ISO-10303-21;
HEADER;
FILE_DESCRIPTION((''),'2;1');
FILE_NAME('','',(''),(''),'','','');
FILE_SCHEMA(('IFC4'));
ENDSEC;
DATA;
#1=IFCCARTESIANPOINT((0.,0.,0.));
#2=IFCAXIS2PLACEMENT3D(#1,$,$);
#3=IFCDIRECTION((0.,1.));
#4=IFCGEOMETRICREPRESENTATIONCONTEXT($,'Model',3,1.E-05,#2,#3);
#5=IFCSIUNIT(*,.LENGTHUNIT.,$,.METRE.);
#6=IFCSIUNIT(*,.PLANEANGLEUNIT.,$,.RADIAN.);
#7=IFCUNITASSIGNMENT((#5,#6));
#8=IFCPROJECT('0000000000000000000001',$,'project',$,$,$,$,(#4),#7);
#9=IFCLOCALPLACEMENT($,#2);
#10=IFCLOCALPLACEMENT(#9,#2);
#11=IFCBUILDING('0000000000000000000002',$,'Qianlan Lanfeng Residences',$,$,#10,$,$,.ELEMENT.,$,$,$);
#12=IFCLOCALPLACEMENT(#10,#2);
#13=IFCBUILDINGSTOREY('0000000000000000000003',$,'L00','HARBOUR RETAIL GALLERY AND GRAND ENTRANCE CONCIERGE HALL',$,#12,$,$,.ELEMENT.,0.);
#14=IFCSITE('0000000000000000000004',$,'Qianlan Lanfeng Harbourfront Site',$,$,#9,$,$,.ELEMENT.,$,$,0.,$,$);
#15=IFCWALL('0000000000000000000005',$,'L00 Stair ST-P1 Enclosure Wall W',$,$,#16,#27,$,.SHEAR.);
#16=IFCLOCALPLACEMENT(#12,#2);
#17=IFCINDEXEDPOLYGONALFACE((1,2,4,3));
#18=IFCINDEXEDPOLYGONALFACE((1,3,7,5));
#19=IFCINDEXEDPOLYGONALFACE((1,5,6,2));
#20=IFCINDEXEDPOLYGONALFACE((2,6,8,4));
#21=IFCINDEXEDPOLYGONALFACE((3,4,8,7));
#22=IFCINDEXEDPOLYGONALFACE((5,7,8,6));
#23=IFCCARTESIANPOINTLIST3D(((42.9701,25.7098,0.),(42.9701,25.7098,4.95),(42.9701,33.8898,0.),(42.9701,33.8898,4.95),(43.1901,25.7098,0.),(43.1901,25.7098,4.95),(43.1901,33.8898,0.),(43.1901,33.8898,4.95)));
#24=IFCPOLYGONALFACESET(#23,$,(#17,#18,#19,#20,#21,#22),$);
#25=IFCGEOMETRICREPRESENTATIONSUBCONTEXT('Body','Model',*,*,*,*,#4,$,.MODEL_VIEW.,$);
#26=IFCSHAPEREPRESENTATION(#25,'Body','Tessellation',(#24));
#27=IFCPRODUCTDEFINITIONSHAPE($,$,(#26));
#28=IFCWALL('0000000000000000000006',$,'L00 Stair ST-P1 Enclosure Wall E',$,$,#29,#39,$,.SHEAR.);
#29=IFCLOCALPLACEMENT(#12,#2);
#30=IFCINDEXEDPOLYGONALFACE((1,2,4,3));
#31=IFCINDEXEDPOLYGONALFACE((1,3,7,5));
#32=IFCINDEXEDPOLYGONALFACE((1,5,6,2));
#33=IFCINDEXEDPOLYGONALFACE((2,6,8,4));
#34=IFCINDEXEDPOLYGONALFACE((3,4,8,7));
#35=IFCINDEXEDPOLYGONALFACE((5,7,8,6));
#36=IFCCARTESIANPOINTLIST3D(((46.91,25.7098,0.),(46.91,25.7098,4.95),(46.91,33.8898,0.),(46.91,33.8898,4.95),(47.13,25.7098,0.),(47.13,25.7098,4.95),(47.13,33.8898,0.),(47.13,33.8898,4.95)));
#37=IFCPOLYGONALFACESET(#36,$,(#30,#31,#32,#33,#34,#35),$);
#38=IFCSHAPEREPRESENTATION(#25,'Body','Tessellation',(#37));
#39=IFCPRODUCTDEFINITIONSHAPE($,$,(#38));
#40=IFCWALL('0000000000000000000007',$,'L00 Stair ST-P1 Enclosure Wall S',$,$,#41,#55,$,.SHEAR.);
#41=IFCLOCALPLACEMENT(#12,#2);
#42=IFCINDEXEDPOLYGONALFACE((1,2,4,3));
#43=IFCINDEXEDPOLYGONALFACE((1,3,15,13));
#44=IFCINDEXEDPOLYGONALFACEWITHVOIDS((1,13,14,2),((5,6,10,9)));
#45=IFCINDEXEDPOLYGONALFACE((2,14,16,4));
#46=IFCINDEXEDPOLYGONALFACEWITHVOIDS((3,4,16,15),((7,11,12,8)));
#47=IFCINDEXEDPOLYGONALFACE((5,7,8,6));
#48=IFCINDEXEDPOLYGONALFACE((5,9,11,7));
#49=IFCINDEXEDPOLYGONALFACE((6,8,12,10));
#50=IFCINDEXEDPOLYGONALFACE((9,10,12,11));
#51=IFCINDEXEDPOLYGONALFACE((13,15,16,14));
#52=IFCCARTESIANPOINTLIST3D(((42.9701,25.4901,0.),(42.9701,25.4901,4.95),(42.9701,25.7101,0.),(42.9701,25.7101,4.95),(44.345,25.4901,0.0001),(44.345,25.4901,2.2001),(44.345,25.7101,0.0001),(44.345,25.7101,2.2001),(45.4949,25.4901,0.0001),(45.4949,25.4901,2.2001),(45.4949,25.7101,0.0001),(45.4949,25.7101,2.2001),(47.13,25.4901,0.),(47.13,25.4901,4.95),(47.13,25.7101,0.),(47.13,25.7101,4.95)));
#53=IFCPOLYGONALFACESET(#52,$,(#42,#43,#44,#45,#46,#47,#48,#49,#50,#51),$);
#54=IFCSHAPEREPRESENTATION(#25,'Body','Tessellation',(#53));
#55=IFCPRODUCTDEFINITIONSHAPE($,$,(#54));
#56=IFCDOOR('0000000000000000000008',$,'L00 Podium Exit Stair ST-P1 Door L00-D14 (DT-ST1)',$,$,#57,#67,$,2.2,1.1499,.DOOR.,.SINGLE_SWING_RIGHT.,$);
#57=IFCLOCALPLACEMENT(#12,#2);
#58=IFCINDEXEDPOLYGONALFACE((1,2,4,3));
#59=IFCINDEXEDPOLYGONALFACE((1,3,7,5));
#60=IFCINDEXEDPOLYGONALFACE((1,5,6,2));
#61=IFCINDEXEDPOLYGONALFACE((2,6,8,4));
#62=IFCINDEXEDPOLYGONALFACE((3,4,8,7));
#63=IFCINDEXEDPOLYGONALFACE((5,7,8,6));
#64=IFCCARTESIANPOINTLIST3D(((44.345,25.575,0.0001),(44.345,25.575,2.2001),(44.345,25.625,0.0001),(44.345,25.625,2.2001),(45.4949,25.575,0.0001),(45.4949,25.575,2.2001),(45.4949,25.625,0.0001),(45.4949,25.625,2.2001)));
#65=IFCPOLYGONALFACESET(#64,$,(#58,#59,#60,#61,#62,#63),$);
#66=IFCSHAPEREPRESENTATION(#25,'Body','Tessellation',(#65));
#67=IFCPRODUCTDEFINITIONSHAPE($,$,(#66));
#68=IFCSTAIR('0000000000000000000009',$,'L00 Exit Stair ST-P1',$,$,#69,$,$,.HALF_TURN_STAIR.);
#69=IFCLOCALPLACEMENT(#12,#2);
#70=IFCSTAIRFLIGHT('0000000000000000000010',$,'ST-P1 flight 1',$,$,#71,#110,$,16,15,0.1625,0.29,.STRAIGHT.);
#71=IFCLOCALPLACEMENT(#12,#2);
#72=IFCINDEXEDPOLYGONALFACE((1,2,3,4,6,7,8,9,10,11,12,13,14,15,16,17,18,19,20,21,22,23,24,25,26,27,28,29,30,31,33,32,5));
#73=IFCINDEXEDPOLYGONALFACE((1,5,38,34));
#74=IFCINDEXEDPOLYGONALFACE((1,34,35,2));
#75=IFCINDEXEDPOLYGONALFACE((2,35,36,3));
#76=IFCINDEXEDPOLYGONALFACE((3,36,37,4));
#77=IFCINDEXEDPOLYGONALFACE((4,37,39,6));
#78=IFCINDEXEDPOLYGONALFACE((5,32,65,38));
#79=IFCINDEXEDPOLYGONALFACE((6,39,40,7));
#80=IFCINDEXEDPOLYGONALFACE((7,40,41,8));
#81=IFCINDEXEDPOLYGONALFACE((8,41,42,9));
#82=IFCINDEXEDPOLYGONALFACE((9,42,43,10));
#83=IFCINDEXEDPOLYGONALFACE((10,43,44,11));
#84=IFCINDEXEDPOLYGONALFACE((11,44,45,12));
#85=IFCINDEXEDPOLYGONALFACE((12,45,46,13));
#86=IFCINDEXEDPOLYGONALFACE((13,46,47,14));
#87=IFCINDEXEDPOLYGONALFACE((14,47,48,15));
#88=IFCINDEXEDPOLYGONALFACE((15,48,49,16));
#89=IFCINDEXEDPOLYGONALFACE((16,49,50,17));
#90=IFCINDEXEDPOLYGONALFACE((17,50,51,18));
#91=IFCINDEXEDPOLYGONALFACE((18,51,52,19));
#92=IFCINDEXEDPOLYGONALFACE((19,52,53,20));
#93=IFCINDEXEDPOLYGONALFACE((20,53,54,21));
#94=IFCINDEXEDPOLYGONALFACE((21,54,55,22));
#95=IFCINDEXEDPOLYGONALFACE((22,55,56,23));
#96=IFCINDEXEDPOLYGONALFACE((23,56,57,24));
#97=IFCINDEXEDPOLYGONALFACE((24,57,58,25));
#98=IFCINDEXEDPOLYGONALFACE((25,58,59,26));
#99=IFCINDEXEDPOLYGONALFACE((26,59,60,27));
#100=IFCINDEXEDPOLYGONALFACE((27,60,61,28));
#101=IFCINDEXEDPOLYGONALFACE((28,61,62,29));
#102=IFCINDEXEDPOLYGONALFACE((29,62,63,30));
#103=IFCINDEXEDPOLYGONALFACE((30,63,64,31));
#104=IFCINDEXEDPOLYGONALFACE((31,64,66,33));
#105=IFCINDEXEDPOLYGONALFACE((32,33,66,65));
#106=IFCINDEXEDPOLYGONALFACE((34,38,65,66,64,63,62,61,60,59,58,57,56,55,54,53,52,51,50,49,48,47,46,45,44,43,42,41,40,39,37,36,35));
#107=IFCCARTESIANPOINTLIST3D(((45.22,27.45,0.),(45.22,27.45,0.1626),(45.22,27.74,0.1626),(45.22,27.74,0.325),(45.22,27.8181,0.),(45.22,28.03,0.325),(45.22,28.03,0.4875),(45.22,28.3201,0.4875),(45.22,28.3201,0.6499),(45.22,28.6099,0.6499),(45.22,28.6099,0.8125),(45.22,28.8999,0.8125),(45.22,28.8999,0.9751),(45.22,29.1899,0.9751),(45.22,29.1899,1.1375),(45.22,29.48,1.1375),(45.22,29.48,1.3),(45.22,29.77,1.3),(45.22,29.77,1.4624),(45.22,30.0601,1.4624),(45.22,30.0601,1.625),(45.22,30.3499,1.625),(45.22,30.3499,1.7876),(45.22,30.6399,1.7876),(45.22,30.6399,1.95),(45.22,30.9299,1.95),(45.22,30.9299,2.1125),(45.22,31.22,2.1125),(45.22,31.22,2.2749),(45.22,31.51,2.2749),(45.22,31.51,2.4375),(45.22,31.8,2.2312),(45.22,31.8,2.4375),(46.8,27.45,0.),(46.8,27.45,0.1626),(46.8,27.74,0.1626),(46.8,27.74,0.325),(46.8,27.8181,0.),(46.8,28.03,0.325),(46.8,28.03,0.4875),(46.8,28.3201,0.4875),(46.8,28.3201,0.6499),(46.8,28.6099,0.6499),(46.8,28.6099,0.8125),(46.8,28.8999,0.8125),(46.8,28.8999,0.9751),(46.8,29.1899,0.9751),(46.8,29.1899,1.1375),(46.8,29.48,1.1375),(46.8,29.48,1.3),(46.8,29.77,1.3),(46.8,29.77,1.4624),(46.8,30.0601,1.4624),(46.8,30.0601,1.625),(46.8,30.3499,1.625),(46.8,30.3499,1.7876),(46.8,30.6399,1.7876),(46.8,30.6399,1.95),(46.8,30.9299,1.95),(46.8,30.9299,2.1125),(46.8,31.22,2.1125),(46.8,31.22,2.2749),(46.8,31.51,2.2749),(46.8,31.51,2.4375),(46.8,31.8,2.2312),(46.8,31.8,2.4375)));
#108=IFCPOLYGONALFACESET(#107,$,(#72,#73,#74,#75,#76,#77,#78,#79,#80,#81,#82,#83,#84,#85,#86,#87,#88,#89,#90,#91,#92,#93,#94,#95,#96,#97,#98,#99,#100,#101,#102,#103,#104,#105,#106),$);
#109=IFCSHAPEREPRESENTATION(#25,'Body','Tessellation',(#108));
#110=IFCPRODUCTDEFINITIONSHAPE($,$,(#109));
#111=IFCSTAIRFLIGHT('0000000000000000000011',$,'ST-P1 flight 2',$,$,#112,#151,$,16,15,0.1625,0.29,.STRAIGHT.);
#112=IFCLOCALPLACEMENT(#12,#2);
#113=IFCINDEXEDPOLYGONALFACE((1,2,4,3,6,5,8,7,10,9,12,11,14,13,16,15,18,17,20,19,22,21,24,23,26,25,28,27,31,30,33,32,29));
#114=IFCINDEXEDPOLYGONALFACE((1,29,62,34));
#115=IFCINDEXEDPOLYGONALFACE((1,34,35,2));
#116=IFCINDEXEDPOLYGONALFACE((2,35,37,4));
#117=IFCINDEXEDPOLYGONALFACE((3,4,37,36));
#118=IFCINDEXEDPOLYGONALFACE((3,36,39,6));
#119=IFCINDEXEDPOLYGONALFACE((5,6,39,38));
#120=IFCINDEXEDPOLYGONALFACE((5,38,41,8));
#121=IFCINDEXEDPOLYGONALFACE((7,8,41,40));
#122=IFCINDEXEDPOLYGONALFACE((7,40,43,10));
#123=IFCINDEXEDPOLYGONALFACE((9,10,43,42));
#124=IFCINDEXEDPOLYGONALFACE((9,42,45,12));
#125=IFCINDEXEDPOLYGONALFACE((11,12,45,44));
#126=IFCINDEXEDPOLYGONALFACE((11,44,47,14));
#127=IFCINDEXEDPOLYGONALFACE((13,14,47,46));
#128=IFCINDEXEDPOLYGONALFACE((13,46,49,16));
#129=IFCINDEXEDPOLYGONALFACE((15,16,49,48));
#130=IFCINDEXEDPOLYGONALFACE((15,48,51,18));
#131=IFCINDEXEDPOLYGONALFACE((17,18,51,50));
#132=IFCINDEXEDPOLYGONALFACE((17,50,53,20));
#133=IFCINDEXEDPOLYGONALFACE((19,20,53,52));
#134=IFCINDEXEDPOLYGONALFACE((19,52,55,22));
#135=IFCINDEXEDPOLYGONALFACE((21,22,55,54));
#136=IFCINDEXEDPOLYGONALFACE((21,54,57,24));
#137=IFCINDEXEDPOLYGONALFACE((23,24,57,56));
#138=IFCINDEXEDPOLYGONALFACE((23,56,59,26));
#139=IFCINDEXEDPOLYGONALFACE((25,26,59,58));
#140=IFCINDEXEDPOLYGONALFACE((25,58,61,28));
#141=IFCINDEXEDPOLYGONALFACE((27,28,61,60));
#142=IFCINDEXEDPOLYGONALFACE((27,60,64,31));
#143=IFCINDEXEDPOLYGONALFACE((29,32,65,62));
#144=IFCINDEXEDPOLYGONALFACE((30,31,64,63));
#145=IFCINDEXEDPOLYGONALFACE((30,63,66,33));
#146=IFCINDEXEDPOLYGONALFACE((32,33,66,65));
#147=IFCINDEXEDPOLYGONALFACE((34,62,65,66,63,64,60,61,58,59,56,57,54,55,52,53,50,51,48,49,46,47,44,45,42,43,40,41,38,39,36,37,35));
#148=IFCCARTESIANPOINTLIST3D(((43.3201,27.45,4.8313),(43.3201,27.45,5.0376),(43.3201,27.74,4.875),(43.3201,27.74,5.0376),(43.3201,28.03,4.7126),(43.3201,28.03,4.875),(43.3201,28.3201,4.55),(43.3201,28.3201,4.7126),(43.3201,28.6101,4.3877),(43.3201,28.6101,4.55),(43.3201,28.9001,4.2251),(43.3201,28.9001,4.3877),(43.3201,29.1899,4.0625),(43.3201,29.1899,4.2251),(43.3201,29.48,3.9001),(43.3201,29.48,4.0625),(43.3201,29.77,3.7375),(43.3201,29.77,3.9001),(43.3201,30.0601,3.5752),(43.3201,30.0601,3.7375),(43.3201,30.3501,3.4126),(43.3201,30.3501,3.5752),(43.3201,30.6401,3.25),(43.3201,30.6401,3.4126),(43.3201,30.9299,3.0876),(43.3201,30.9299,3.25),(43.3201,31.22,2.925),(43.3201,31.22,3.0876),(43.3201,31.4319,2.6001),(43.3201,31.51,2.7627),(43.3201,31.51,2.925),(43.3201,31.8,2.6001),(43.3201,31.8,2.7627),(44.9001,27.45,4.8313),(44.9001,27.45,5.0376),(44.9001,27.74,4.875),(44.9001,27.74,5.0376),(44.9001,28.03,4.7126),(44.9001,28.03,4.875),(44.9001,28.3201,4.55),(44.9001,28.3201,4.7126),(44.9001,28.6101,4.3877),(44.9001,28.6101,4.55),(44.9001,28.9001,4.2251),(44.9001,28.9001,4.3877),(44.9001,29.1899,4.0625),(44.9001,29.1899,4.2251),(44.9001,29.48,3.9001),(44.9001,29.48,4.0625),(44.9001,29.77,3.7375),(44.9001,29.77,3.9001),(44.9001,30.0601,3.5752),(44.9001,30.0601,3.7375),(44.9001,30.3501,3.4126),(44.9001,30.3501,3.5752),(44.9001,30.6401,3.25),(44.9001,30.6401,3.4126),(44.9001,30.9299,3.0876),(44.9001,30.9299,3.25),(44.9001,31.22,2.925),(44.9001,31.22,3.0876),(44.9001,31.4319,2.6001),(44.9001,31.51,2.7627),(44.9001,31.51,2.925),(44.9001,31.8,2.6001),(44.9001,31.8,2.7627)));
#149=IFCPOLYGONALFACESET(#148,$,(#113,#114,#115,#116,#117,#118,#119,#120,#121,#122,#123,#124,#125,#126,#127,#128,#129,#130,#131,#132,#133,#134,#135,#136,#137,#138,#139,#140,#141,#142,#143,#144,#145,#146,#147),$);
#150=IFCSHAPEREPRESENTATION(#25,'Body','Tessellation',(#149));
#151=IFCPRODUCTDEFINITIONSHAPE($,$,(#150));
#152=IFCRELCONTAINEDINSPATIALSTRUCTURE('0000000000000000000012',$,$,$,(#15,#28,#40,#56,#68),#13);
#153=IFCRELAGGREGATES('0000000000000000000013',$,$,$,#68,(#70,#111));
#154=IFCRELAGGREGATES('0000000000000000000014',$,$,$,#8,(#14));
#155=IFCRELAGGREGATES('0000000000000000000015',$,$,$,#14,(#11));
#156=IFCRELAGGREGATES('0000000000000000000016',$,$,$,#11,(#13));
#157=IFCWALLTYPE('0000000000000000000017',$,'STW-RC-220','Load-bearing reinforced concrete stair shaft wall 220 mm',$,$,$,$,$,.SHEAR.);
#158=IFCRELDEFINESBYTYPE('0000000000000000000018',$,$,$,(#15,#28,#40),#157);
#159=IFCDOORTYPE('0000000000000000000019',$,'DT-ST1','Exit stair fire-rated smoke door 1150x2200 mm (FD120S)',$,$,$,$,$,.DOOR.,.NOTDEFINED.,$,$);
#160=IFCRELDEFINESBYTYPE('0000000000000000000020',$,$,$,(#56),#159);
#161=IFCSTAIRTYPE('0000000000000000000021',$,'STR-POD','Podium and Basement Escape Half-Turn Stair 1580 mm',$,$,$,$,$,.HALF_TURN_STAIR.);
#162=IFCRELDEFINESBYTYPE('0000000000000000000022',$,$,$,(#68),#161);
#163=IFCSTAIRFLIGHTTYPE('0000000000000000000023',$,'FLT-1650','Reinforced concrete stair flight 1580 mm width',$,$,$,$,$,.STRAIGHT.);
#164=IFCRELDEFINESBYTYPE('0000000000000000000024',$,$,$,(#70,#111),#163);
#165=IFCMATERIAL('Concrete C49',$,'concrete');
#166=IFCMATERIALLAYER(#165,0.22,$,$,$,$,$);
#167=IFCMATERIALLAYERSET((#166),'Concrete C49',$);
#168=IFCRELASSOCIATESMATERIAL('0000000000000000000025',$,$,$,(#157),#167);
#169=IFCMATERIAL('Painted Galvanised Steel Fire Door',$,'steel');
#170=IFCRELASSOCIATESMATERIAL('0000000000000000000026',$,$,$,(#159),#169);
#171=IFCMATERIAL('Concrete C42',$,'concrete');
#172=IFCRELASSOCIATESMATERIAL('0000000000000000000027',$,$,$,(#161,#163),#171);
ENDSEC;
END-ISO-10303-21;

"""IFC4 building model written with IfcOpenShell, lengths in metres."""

from ifc_helpers import new_model, si_unit, direction, frame, frame_2d, origin, place, context, subcontext, project, spatial, polyline, rectangle, outline, extrude, material, layer, layer_set, type_object, element, fill, aggregate, save


model = new_model("IFC4")

# Units and contexts
model_context = context("Model", 3, precision=1e-05, world=origin(), true_north=direction((0.0, 1.0)))
body_context = subcontext(model_context, "Body", "Model", "MODEL_VIEW")
ifc_project = project(units=[si_unit("LENGTHUNIT", "METRE"), si_unit("PLANEANGLEUNIT", "RADIAN")], contexts=[model_context])

# Site, building, storey
site_placement = place(None, origin())
site = spatial("IfcSite", under=ifc_project, at=site_placement, Name="Qianlan Lanfeng Harbourfront Site", CompositionType="ELEMENT", RefElevation=0.0)
building_placement = place(site_placement, origin())
building = spatial("IfcBuilding", under=site, at=building_placement, Name="Qianlan Lanfeng Residences", CompositionType="ELEMENT")
storey_placement = place(building_placement, origin())
storey = spatial("IfcBuildingStorey", under=building, at=storey_placement, Name="L00", Description="HARBOUR RETAIL GALLERY AND GRAND ENTRANCE CONCIERGE HALL", CompositionType="ELEMENT", Elevation=0.0)

# Walls
ifc_material_1 = material(Name="Concrete C49", Category="concrete")
ifc_layer_1 = layer(ifc_material_1, 0.22)
ifc_layer_set_1 = layer_set([ifc_layer_1], Name="Concrete C49")
wall_type_1 = type_object("IfcWallType", Name="STW-RC-220", Description="Load-bearing reinforced concrete stair shaft wall 220 mm", PredefinedType="SHEAR", material=ifc_layer_set_1)
for number, where, z_axis, x_axis, name in (
    (1, (43.0801, 25.71, 0.0), (0.0, 0.0, 1.0), (0.0, 1.0, 0.0), "L00 Stair ST-P1 Enclosure Wall W"),
    (2, (47.02, 25.71, 0.0), (0.0, 0.0, 1.0), (0.0, 1.0, 0.0), "L00 Stair ST-P1 Enclosure Wall E"),
):
    element("IfcWall", number, at=place(storey_placement, frame(where, z_axis=z_axis, x_axis=x_axis)), inside=storey, type_object=wall_type_1, Name=name, PredefinedType="SHEAR", context=body_context, shape_type="SweptSolid", body=[
        extrude(rectangle(XDim=8.1799, YDim=0.22, at=frame_2d((4.0898, 0.0))), origin(), (0.0, 0.0, 1.0), 4.95),
    ])

# Wall, opening, door
wall_1_placement = place(storey_placement, frame((42.97, 25.6001, 0.0), z_axis=(0.0, 0.0, 1.0), x_axis=(1.0, 0.0, 0.0)))
wall_1 = element("IfcWall", 3, at=wall_1_placement, inside=storey, type_object=wall_type_1, Name="L00 Stair ST-P1 Enclosure Wall S", PredefinedType="SHEAR", context=body_context, shape_type="SweptSolid", body=[
    extrude(rectangle(XDim=4.1599, YDim=0.22, at=frame_2d((2.0801, 0.0))), origin(), (0.0, 0.0, 1.0), 4.95),
])
opening_1_placement = place(wall_1_placement, frame((1.375, 0.0, 0.0)))
opening_1 = element("IfcOpeningElement", 4, at=opening_1_placement, cuts=wall_1, PredefinedType="OPENING", context=body_context, shape_type="SweptSolid", body=[
    extrude(rectangle(XDim=1.1499, YDim=2.2, at=frame_2d((0.575, 1.1001))), frame((0.0, 0.1201, 0.0), z_axis=(0.0, -1.0, 0.0), x_axis=(1.0, 0.0, 0.0)), (0.0, 0.0, 1.0), 0.24),
])
ifc_material_2 = material(Name="Painted Galvanised Steel Fire Door", Category="steel")
door_type_1 = type_object("IfcDoorType", Name="DT-ST1", Description="Exit stair fire-rated smoke door 1150x2200 mm (FD120S)", OperationType="NOTDEFINED", PredefinedType="DOOR", material=ifc_material_2)
door_1_placement = place(opening_1_placement, origin())
door_1 = element("IfcDoor", 5, at=door_1_placement, inside=storey, type_object=door_type_1, Name="L00 Podium Exit Stair ST-P1 Door L00-D14 (DT-ST1)", OperationType="SINGLE_SWING_RIGHT", OverallHeight=2.2, OverallWidth=1.1499, PredefinedType="DOOR", context=body_context, shape_type="SweptSolid", body=[
    extrude(rectangle(XDim=1.1499, YDim=2.2, at=frame_2d((0.575, 1.1001))), frame((0.0, 0.0249, 0.0), z_axis=(0.0, -1.0, 0.0), x_axis=(1.0, 0.0, 0.0)), (0.0, 0.0, 1.0), 0.05),
])
fill(opening_1, door_1)

# Stair, stair flights
ifc_material_3 = material(Name="Concrete C42", Category="concrete")
stair_type = type_object("IfcStairType", Name="STR-POD", Description="Podium and Basement Escape Half-Turn Stair 1580 mm", PredefinedType="HALF_TURN_STAIR", material=ifc_material_3)
stair_placement = place(storey_placement, origin())
stair = element("IfcStair", 6, at=stair_placement, inside=storey, type_object=stair_type, Name="L00 Exit Stair ST-P1", PredefinedType="HALF_TURN_STAIR")
stair_flight_type = type_object("IfcStairFlightType", Name="FLT-1650", Description="Reinforced concrete stair flight 1580 mm width", PredefinedType="STRAIGHT", material=ifc_material_3)
stair_flight_1_placement = place(storey_placement, frame((46.01, 27.45, 0.0), z_axis=(0.0, 0.0, 1.0), x_axis=(0.0, 1.0, 0.0)))
stair_flight_1 = element("IfcStairFlight", 7, at=stair_flight_1_placement, type_object=stair_flight_type, Name="ST-P1 flight 1", NumberOfRisers=16, NumberOfTreads=15, PredefinedType="STRAIGHT", RiserHeight=0.1625, TreadLength=0.29, context=body_context, shape_type="SweptSolid", body=[
    extrude(outline(polyline([(0.0, 0.0), (0.0, 0.1626), (0.29, 0.1626), (0.29, 0.325), (0.5801, 0.325), (0.5801, 0.4875), (0.8701, 0.4875), (0.8701, 0.6499), (1.1599, 0.6499), (1.1599, 0.8125), (1.45, 0.8125), (1.45, 0.9751), (1.74, 0.9751), (1.74, 1.1375), (2.03, 1.1375), (2.03, 1.3), (2.3201, 1.3), (2.3201, 1.4624), (2.6101, 1.4624), (2.6101, 1.625), (2.8999, 1.625), (2.8999, 1.7876), (3.1899, 1.7876), (3.1899, 1.95), (3.48, 1.95), (3.48, 2.1125), (3.77, 2.1125), (3.77, 2.2749), (4.0601, 2.2749), (4.0601, 2.4375), (4.3501, 2.4375), (4.3501, 2.6001), (4.3501, 2.2312), (0.3682, 0.0), (0.0, 0.0)])), frame((0.0, 0.79, 0.0), z_axis=(0.0, -1.0, 0.0), x_axis=(1.0, 0.0, 0.0)), (0.0, 0.0, 1.0), 1.5801),
])
stair_flight_2_placement = place(storey_placement, frame((44.1101, 31.8, 2.6001), z_axis=(0.0, 0.0, 1.0), x_axis=(0.0, -1.0, 0.0)))
stair_flight_2 = element("IfcStairFlight", 8, at=stair_flight_2_placement, type_object=stair_flight_type, Name="ST-P1 flight 2", NumberOfRisers=16, NumberOfTreads=15, PredefinedType="STRAIGHT", RiserHeight=0.1625, TreadLength=0.29, context=body_context, shape_type="SweptSolid", body=[
    extrude(outline(polyline([(0.0, 0.0), (0.0, 0.1626), (0.29, 0.1626), (0.29, 0.325), (0.5801, 0.325), (0.5801, 0.4875), (0.8701, 0.4875), (0.8701, 0.6499), (1.1599, 0.6499), (1.1599, 0.8125), (1.45, 0.8125), (1.45, 0.9751), (1.74, 0.9751), (1.74, 1.1375), (2.03, 1.1375), (2.03, 1.3), (2.3201, 1.3), (2.3201, 1.4624), (2.6101, 1.4624), (2.6101, 1.625), (2.8999, 1.625), (2.8999, 1.7876), (3.1899, 1.7876), (3.1899, 1.95), (3.48, 1.95), (3.48, 2.1125), (3.77, 2.1125), (3.77, 2.2749), (4.0601, 2.2749), (4.0601, 2.4375), (4.3501, 2.4375), (4.3501, 2.6001), (4.3501, 2.2312), (0.3682, 0.0), (0.0, 0.0)])), frame((0.0, 0.79, 0.0), z_axis=(0.0, -1.0, 0.0), x_axis=(1.0, 0.0, 0.0)), (0.0, 0.0, 1.0), 1.5801),
])
aggregate(stair, [stair_flight_1, stair_flight_2])

save(model, "model.ifc")
